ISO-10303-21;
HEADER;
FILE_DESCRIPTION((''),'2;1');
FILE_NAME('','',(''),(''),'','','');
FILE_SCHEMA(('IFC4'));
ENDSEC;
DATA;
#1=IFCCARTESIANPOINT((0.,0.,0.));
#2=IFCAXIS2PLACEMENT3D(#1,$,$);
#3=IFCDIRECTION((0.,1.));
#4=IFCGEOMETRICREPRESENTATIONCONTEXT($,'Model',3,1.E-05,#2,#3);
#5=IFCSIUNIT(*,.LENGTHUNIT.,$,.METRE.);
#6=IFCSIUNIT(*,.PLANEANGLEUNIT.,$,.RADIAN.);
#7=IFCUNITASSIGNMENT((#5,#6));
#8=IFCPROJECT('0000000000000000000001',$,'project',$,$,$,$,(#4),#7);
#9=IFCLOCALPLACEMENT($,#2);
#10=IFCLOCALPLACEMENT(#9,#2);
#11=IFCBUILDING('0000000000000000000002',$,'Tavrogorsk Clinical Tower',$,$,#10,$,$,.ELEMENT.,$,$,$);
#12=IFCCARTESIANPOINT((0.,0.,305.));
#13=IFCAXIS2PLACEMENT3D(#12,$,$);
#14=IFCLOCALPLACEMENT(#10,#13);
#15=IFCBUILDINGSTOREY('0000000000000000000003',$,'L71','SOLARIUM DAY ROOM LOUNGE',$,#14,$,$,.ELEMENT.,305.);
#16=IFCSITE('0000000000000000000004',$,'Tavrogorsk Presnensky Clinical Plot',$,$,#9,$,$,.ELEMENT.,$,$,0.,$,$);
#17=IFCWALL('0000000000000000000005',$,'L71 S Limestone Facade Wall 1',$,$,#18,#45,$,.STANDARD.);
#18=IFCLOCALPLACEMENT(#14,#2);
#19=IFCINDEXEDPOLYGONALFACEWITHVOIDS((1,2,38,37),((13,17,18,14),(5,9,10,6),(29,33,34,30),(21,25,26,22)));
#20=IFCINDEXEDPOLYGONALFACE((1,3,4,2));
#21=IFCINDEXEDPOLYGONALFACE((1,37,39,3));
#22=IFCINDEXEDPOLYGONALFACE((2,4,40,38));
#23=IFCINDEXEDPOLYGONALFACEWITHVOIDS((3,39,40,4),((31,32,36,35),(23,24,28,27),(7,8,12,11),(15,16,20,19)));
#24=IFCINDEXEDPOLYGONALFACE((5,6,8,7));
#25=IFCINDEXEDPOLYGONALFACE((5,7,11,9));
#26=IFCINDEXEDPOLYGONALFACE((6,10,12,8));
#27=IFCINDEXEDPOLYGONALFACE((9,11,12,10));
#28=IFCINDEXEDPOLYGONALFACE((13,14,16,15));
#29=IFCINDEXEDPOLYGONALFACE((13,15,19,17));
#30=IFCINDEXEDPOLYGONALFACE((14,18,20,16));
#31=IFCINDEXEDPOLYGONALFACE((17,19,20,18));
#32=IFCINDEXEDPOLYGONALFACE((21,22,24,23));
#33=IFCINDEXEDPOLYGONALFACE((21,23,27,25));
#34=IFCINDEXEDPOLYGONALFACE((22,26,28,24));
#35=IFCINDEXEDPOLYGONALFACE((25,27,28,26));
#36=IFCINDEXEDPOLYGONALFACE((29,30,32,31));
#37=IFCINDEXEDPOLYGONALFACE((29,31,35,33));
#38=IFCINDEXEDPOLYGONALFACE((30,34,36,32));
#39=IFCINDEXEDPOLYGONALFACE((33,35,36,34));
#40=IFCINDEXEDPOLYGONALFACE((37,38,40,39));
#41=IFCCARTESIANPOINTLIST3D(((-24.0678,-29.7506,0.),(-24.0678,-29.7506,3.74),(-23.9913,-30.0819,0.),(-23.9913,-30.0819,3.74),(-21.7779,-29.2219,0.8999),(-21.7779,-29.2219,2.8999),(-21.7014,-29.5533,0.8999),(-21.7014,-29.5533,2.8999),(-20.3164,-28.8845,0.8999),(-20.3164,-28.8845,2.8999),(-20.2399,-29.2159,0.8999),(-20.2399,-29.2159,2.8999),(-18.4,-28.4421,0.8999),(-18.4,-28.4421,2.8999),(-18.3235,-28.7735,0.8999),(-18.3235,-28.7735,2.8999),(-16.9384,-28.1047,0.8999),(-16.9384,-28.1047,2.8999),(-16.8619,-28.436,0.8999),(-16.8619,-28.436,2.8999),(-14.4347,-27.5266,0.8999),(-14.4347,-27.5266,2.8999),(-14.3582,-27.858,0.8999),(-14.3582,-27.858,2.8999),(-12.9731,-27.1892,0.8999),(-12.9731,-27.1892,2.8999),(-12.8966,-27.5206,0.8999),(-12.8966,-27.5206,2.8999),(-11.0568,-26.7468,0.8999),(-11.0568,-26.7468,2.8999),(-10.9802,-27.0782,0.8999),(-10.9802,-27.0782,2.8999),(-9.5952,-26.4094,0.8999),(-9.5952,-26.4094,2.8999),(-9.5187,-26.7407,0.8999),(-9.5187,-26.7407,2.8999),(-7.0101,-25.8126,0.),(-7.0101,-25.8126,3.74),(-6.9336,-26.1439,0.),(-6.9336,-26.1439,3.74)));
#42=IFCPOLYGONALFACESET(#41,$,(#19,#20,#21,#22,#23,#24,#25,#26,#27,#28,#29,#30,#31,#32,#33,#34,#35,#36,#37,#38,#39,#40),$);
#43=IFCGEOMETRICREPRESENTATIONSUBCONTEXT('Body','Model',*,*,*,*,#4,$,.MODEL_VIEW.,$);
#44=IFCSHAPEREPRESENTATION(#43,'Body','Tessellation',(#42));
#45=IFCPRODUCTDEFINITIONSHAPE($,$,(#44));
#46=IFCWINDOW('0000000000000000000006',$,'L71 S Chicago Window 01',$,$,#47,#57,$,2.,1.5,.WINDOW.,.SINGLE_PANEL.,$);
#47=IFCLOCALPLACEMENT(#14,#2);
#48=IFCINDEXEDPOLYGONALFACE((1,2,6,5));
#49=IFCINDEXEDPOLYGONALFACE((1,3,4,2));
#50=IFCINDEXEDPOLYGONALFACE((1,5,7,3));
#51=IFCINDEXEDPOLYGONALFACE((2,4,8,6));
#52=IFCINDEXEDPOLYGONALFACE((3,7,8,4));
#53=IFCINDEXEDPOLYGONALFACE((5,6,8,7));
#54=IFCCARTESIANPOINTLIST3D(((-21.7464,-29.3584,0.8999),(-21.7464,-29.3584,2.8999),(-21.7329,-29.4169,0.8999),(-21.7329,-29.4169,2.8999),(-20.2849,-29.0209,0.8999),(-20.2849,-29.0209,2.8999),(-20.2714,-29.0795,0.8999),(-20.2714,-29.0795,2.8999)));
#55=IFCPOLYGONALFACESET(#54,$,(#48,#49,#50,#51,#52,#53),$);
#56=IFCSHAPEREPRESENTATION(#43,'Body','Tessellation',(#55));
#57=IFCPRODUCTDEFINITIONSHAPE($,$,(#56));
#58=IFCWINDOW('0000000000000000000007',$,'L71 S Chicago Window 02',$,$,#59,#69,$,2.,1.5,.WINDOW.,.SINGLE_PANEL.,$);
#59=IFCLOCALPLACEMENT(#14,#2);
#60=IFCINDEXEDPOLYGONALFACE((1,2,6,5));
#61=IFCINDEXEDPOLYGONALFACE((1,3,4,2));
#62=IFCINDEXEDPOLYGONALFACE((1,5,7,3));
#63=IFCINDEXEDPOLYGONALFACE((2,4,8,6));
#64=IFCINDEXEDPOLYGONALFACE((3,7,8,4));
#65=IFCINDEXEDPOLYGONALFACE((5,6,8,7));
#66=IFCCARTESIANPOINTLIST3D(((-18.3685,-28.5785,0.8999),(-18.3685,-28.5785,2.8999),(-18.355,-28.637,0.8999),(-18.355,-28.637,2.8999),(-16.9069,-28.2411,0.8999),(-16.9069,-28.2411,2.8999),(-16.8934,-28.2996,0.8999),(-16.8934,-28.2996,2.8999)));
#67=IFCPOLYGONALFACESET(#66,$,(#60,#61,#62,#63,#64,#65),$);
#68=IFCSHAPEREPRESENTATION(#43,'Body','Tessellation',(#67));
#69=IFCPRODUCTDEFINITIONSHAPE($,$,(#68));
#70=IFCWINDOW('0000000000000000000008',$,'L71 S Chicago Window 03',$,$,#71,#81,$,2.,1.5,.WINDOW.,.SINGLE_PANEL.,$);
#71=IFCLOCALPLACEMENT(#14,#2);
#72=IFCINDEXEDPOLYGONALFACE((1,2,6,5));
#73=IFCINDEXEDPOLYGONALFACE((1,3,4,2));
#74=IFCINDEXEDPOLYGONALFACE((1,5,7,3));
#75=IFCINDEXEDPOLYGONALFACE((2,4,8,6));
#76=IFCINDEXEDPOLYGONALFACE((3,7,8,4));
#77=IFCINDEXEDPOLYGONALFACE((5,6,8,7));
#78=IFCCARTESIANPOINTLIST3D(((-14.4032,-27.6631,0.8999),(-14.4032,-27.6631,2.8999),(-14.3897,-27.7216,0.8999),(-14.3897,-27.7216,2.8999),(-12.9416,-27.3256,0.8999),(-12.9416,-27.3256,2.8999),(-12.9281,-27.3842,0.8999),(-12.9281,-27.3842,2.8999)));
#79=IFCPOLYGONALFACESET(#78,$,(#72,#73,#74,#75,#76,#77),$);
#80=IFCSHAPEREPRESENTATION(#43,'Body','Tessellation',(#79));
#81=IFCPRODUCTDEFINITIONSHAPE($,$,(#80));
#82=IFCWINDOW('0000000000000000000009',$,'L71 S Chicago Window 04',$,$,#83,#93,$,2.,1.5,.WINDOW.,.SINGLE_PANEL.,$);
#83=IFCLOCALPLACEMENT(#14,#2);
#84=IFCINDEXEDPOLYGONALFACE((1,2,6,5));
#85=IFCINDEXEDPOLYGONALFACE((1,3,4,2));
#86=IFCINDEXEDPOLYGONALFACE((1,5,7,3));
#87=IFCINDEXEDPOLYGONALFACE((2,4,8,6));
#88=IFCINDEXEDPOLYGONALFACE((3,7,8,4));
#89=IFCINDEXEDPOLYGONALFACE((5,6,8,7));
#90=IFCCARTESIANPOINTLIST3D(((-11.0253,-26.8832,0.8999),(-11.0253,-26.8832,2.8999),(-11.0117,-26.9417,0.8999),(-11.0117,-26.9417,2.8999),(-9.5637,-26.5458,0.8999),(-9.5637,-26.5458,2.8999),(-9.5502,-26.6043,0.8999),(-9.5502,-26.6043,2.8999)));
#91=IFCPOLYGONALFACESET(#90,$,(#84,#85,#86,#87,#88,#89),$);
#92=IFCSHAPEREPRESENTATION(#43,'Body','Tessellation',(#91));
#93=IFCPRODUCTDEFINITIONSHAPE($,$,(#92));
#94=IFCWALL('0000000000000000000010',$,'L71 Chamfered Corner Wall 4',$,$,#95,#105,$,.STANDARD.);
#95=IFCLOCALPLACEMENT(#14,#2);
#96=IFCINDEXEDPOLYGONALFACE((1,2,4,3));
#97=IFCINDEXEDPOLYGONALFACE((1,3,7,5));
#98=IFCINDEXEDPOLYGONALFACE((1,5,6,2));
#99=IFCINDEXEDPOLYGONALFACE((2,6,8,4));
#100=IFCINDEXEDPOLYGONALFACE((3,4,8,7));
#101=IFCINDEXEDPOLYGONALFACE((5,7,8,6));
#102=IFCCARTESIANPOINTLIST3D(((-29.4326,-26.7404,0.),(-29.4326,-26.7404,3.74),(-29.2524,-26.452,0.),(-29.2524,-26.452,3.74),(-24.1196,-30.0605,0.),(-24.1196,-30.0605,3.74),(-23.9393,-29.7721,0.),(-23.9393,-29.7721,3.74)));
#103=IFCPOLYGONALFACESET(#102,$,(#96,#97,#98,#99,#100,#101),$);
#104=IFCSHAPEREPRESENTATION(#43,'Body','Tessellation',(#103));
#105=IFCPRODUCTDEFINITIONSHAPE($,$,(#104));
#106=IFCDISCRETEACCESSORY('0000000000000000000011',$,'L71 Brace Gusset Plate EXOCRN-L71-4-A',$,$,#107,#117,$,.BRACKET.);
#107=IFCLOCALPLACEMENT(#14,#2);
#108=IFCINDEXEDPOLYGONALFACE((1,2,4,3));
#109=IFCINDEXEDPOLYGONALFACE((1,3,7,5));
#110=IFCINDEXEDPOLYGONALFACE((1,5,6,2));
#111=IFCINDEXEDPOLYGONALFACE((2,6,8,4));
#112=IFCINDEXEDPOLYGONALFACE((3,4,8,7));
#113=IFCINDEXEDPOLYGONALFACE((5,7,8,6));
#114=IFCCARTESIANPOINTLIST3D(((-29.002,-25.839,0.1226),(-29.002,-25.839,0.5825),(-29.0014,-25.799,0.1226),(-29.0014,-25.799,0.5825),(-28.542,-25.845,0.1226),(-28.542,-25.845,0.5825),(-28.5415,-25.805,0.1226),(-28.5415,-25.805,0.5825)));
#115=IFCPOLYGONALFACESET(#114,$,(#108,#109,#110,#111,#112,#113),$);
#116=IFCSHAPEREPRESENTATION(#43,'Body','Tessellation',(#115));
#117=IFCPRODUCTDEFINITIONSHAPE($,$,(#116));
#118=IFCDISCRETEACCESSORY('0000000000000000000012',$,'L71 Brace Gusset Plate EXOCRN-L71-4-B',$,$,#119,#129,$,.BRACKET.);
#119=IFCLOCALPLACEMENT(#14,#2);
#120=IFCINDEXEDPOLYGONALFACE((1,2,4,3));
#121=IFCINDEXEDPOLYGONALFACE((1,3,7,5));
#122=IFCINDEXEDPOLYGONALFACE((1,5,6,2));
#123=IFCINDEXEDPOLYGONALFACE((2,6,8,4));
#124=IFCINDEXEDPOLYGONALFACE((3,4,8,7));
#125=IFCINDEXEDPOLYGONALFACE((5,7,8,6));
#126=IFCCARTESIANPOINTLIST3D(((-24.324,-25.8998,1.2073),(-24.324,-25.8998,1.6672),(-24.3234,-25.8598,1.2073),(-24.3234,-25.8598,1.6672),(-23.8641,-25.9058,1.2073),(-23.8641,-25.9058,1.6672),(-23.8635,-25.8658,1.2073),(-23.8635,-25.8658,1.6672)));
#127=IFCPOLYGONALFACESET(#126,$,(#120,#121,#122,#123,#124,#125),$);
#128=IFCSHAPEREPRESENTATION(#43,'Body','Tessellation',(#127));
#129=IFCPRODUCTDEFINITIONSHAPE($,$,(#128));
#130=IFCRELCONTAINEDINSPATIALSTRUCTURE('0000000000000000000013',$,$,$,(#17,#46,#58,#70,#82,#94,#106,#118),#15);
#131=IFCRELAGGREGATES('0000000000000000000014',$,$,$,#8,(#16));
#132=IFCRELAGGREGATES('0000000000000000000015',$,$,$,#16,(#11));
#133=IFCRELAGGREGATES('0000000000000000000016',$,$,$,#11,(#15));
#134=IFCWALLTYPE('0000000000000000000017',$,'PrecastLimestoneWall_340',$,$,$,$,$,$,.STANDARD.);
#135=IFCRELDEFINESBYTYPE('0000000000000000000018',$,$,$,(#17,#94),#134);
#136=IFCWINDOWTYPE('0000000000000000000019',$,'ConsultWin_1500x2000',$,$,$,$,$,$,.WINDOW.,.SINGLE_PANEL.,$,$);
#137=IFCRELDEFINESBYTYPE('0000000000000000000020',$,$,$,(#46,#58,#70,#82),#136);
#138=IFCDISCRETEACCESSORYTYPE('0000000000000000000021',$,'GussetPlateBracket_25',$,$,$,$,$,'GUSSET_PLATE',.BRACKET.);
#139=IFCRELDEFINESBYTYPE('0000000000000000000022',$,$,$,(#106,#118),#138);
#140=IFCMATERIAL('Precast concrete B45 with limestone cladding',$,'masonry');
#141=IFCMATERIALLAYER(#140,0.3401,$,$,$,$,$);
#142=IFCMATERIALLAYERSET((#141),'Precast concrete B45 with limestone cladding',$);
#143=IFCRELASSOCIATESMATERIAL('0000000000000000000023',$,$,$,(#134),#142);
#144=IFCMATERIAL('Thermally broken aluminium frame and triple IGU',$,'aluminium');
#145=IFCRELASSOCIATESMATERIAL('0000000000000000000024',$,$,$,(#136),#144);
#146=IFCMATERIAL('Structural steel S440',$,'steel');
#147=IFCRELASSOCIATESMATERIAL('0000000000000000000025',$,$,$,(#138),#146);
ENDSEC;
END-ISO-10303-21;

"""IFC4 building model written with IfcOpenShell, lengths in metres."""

from ifc_helpers import new_model, si_unit, direction, frame, frame_2d, origin, origin_2d, place, context, subcontext, project, spatial, rectangle, extrude, material, layer, layer_set, type_object, element, fill, save


model = new_model("IFC4")

# Units and contexts
model_context = context("Model", 3, precision=1e-05, world=origin(), true_north=direction((0.0, 1.0)))
body_context = subcontext(model_context, "Body", "Model", "MODEL_VIEW")
ifc_project = project(units=[si_unit("LENGTHUNIT", "METRE"), si_unit("PLANEANGLEUNIT", "RADIAN")], contexts=[model_context])

# Site, building, storey
site_placement = place(None, origin())
site = spatial("IfcSite", under=ifc_project, at=site_placement, Name="Tavrogorsk Presnensky Clinical Plot", CompositionType="ELEMENT", RefElevation=0.0)
building_placement = place(site_placement, origin())
building = spatial("IfcBuilding", under=site, at=building_placement, Name="Tavrogorsk Clinical Tower", CompositionType="ELEMENT")
storey_placement = place(building_placement, frame((0.0, 0.0, 305.0)))
storey = spatial("IfcBuildingStorey", under=building, at=storey_placement, Name="L71", Description="SOLARIUM DAY ROOM LOUNGE", CompositionType="ELEMENT", Elevation=305.0)

# Wall, openings, windows
ifc_material_1 = material(Name="Precast concrete B45 with limestone cladding", Category="masonry")
ifc_layer_1 = layer(ifc_material_1, 0.3401)
ifc_layer_set_1 = layer_set([ifc_layer_1], Name="Precast concrete B45 with limestone cladding")
wall_type_1 = type_object("IfcWallType", Name="PrecastLimestoneWall_340", PredefinedType="STANDARD", material=ifc_layer_set_1)
wall_1_placement = place(storey_placement, frame((-24.0295, -29.9163, 0.0), z_axis=(0.0, 0.0, 1.0), x_axis=(0.974371, 0.224947, 0.0)))
wall_1 = element("IfcWall", 1, at=wall_1_placement, inside=storey, type_object=wall_type_1, Name="L71 S Limestone Facade Wall 1", PredefinedType="STANDARD", context=body_context, shape_type="SweptSolid", body=[
    extrude(rectangle(XDim=17.5063, YDim=0.3401, at=frame_2d((8.7532, 0.0))), origin(), (0.0, 0.0, 1.0), 3.74),
])
opening_1_placement = place(wall_1_placement, frame((2.3501, 0.0, 0.8999)))
opening_1 = element("IfcOpeningElement", 2, at=opening_1_placement, cuts=wall_1, PredefinedType="OPENING", context=body_context, shape_type="SweptSolid", body=[
    extrude(rectangle(XDim=1.5, YDim=2.0, at=frame_2d((0.75, 1.0))), frame((0.0, 0.1799, 0.0), z_axis=(0.0, -1.0, 0.0), x_axis=(1.0, 0.0, 0.0)), (0.0, 0.0, 1.0), 0.3601),
])
opening_2_placement = place(wall_1_placement, frame((5.8169, 0.0, 0.8999)))
opening_2 = element("IfcOpeningElement", 3, at=opening_2_placement, cuts=wall_1, PredefinedType="OPENING", context=body_context, shape_type="SweptSolid", body=[
    extrude(rectangle(XDim=1.5, YDim=2.0, at=frame_2d((0.75, 1.0))), frame((0.0, 0.1799, 0.0), z_axis=(0.0, -1.0, 0.0), x_axis=(1.0, 0.0, 0.0)), (0.0, 0.0, 1.0), 0.3601),
])
opening_3_placement = place(wall_1_placement, frame((9.8865, 0.0, 0.8999)))
opening_3 = element("IfcOpeningElement", 4, at=opening_3_placement, cuts=wall_1, PredefinedType="OPENING", context=body_context, shape_type="SweptSolid", body=[
    extrude(rectangle(XDim=1.5, YDim=2.0, at=frame_2d((0.75, 1.0))), frame((0.0, 0.1799, 0.0), z_axis=(0.0, -1.0, 0.0), x_axis=(1.0, 0.0, 0.0)), (0.0, 0.0, 1.0), 0.3601),
])
opening_4_placement = place(wall_1_placement, frame((13.3533, 0.0, 0.8999)))
opening_4 = element("IfcOpeningElement", 5, at=opening_4_placement, cuts=wall_1, PredefinedType="OPENING", context=body_context, shape_type="SweptSolid", body=[
    extrude(rectangle(XDim=1.5, YDim=2.0, at=frame_2d((0.75, 1.0))), frame((0.0, 0.1799, 0.0), z_axis=(0.0, -1.0, 0.0), x_axis=(1.0, 0.0, 0.0)), (0.0, 0.0, 1.0), 0.3601),
])
ifc_material_2 = material(Name="Thermally broken aluminium frame and triple IGU", Category="aluminium")
window_type = type_object("IfcWindowType", Name="ConsultWin_1500x2000", PartitioningType="SINGLE_PANEL", PredefinedType="WINDOW", material=ifc_material_2)
window_1_placement = place(opening_1_placement, origin())
window_1 = element("IfcWindow", 6, at=window_1_placement, inside=storey, type_object=window_type, Name="L71 S Chicago Window 01", OverallHeight=2.0, OverallWidth=1.5, PartitioningType="SINGLE_PANEL", PredefinedType="WINDOW", context=body_context, shape_type="SweptSolid", body=[
    extrude(rectangle(XDim=1.5, YDim=2.0, at=frame_2d((0.75, 1.0))), frame((0.0, 0.03, 0.0), z_axis=(0.0, -1.0, 0.0), x_axis=(1.0, 0.0, 0.0)), (0.0, 0.0, 1.0), 0.0601),
])
fill(opening_1, window_1)
window_2_placement = place(opening_2_placement, origin())
window_2 = element("IfcWindow", 7, at=window_2_placement, inside=storey, type_object=window_type, Name="L71 S Chicago Window 02", OverallHeight=2.0, OverallWidth=1.5, PartitioningType="SINGLE_PANEL", PredefinedType="WINDOW", context=body_context, shape_type="SweptSolid", body=[
    extrude(rectangle(XDim=1.5, YDim=2.0, at=frame_2d((0.75, 1.0))), frame((0.0, 0.03, 0.0), z_axis=(0.0, -1.0, 0.0), x_axis=(1.0, 0.0, 0.0)), (0.0, 0.0, 1.0), 0.0601),
])
fill(opening_2, window_2)
window_3_placement = place(opening_3_placement, origin())
window_3 = element("IfcWindow", 8, at=window_3_placement, inside=storey, type_object=window_type, Name="L71 S Chicago Window 03", OverallHeight=2.0, OverallWidth=1.5, PartitioningType="SINGLE_PANEL", PredefinedType="WINDOW", context=body_context, shape_type="SweptSolid", body=[
    extrude(rectangle(XDim=1.5, YDim=2.0, at=frame_2d((0.75, 1.0))), frame((0.0, 0.03, 0.0), z_axis=(0.0, -1.0, 0.0), x_axis=(1.0, 0.0, 0.0)), (0.0, 0.0, 1.0), 0.0601),
])
fill(opening_3, window_3)
window_4_placement = place(opening_4_placement, origin())
window_4 = element("IfcWindow", 9, at=window_4_placement, inside=storey, type_object=window_type, Name="L71 S Chicago Window 04", OverallHeight=2.0, OverallWidth=1.5, PartitioningType="SINGLE_PANEL", PredefinedType="WINDOW", context=body_context, shape_type="SweptSolid", body=[
    extrude(rectangle(XDim=1.5, YDim=2.0, at=frame_2d((0.75, 1.0))), frame((0.0, 0.03, 0.0), z_axis=(0.0, -1.0, 0.0), x_axis=(1.0, 0.0, 0.0)), (0.0, 0.0, 1.0), 0.0601),
])
fill(opening_4, window_4)

# Wall
wall_2_placement = place(storey_placement, frame((-29.3425, -26.5962, 0.0), z_axis=(0.0, 0.0, 1.0), x_axis=(0.848038, -0.529936, 0.0)))
element("IfcWall", 10, at=wall_2_placement, inside=storey, type_object=wall_type_1, Name="L71 Chamfered Corner Wall 4", PredefinedType="STANDARD", context=body_context, shape_type="SweptSolid", body=[
    extrude(rectangle(XDim=6.2651, YDim=0.3401, at=frame_2d((3.1326, 0.0))), origin(), (0.0, 0.0, 1.0), 3.74),
])

# Discrete accessories
ifc_material_3 = material(Name="Structural steel S440", Category="steel")
discrete_accessory_type = type_object("IfcDiscreteAccessoryType", Name="GussetPlateBracket_25", ElementType="GUSSET_PLATE", PredefinedType="BRACKET", material=ifc_material_3)
for number, where, z_axis, x_axis, name in (
    (11, (-28.7717, -25.822, 0.1226), (0.0, 0.0, 1.0), (0.999914, -0.01309, 0.0), "L71 Brace Gusset Plate EXOCRN-L71-4-A"),
    (12, (-24.0938, -25.8828, 1.2073), (0.0, 0.0, 1.0), (0.999914, -0.01309, 0.0), "L71 Brace Gusset Plate EXOCRN-L71-4-B"),
):
    element("IfcDiscreteAccessory", number, at=place(storey_placement, frame(where, z_axis=z_axis, x_axis=x_axis)), inside=storey, type_object=discrete_accessory_type, Name=name, PredefinedType="BRACKET", context=body_context, shape_type="SweptSolid", body=[
        extrude(rectangle(XDim=0.46, YDim=0.04, at=origin_2d()), origin(), (0.0, 0.0, 1.0), 0.46),
    ])

save(model, "model.ifc")
